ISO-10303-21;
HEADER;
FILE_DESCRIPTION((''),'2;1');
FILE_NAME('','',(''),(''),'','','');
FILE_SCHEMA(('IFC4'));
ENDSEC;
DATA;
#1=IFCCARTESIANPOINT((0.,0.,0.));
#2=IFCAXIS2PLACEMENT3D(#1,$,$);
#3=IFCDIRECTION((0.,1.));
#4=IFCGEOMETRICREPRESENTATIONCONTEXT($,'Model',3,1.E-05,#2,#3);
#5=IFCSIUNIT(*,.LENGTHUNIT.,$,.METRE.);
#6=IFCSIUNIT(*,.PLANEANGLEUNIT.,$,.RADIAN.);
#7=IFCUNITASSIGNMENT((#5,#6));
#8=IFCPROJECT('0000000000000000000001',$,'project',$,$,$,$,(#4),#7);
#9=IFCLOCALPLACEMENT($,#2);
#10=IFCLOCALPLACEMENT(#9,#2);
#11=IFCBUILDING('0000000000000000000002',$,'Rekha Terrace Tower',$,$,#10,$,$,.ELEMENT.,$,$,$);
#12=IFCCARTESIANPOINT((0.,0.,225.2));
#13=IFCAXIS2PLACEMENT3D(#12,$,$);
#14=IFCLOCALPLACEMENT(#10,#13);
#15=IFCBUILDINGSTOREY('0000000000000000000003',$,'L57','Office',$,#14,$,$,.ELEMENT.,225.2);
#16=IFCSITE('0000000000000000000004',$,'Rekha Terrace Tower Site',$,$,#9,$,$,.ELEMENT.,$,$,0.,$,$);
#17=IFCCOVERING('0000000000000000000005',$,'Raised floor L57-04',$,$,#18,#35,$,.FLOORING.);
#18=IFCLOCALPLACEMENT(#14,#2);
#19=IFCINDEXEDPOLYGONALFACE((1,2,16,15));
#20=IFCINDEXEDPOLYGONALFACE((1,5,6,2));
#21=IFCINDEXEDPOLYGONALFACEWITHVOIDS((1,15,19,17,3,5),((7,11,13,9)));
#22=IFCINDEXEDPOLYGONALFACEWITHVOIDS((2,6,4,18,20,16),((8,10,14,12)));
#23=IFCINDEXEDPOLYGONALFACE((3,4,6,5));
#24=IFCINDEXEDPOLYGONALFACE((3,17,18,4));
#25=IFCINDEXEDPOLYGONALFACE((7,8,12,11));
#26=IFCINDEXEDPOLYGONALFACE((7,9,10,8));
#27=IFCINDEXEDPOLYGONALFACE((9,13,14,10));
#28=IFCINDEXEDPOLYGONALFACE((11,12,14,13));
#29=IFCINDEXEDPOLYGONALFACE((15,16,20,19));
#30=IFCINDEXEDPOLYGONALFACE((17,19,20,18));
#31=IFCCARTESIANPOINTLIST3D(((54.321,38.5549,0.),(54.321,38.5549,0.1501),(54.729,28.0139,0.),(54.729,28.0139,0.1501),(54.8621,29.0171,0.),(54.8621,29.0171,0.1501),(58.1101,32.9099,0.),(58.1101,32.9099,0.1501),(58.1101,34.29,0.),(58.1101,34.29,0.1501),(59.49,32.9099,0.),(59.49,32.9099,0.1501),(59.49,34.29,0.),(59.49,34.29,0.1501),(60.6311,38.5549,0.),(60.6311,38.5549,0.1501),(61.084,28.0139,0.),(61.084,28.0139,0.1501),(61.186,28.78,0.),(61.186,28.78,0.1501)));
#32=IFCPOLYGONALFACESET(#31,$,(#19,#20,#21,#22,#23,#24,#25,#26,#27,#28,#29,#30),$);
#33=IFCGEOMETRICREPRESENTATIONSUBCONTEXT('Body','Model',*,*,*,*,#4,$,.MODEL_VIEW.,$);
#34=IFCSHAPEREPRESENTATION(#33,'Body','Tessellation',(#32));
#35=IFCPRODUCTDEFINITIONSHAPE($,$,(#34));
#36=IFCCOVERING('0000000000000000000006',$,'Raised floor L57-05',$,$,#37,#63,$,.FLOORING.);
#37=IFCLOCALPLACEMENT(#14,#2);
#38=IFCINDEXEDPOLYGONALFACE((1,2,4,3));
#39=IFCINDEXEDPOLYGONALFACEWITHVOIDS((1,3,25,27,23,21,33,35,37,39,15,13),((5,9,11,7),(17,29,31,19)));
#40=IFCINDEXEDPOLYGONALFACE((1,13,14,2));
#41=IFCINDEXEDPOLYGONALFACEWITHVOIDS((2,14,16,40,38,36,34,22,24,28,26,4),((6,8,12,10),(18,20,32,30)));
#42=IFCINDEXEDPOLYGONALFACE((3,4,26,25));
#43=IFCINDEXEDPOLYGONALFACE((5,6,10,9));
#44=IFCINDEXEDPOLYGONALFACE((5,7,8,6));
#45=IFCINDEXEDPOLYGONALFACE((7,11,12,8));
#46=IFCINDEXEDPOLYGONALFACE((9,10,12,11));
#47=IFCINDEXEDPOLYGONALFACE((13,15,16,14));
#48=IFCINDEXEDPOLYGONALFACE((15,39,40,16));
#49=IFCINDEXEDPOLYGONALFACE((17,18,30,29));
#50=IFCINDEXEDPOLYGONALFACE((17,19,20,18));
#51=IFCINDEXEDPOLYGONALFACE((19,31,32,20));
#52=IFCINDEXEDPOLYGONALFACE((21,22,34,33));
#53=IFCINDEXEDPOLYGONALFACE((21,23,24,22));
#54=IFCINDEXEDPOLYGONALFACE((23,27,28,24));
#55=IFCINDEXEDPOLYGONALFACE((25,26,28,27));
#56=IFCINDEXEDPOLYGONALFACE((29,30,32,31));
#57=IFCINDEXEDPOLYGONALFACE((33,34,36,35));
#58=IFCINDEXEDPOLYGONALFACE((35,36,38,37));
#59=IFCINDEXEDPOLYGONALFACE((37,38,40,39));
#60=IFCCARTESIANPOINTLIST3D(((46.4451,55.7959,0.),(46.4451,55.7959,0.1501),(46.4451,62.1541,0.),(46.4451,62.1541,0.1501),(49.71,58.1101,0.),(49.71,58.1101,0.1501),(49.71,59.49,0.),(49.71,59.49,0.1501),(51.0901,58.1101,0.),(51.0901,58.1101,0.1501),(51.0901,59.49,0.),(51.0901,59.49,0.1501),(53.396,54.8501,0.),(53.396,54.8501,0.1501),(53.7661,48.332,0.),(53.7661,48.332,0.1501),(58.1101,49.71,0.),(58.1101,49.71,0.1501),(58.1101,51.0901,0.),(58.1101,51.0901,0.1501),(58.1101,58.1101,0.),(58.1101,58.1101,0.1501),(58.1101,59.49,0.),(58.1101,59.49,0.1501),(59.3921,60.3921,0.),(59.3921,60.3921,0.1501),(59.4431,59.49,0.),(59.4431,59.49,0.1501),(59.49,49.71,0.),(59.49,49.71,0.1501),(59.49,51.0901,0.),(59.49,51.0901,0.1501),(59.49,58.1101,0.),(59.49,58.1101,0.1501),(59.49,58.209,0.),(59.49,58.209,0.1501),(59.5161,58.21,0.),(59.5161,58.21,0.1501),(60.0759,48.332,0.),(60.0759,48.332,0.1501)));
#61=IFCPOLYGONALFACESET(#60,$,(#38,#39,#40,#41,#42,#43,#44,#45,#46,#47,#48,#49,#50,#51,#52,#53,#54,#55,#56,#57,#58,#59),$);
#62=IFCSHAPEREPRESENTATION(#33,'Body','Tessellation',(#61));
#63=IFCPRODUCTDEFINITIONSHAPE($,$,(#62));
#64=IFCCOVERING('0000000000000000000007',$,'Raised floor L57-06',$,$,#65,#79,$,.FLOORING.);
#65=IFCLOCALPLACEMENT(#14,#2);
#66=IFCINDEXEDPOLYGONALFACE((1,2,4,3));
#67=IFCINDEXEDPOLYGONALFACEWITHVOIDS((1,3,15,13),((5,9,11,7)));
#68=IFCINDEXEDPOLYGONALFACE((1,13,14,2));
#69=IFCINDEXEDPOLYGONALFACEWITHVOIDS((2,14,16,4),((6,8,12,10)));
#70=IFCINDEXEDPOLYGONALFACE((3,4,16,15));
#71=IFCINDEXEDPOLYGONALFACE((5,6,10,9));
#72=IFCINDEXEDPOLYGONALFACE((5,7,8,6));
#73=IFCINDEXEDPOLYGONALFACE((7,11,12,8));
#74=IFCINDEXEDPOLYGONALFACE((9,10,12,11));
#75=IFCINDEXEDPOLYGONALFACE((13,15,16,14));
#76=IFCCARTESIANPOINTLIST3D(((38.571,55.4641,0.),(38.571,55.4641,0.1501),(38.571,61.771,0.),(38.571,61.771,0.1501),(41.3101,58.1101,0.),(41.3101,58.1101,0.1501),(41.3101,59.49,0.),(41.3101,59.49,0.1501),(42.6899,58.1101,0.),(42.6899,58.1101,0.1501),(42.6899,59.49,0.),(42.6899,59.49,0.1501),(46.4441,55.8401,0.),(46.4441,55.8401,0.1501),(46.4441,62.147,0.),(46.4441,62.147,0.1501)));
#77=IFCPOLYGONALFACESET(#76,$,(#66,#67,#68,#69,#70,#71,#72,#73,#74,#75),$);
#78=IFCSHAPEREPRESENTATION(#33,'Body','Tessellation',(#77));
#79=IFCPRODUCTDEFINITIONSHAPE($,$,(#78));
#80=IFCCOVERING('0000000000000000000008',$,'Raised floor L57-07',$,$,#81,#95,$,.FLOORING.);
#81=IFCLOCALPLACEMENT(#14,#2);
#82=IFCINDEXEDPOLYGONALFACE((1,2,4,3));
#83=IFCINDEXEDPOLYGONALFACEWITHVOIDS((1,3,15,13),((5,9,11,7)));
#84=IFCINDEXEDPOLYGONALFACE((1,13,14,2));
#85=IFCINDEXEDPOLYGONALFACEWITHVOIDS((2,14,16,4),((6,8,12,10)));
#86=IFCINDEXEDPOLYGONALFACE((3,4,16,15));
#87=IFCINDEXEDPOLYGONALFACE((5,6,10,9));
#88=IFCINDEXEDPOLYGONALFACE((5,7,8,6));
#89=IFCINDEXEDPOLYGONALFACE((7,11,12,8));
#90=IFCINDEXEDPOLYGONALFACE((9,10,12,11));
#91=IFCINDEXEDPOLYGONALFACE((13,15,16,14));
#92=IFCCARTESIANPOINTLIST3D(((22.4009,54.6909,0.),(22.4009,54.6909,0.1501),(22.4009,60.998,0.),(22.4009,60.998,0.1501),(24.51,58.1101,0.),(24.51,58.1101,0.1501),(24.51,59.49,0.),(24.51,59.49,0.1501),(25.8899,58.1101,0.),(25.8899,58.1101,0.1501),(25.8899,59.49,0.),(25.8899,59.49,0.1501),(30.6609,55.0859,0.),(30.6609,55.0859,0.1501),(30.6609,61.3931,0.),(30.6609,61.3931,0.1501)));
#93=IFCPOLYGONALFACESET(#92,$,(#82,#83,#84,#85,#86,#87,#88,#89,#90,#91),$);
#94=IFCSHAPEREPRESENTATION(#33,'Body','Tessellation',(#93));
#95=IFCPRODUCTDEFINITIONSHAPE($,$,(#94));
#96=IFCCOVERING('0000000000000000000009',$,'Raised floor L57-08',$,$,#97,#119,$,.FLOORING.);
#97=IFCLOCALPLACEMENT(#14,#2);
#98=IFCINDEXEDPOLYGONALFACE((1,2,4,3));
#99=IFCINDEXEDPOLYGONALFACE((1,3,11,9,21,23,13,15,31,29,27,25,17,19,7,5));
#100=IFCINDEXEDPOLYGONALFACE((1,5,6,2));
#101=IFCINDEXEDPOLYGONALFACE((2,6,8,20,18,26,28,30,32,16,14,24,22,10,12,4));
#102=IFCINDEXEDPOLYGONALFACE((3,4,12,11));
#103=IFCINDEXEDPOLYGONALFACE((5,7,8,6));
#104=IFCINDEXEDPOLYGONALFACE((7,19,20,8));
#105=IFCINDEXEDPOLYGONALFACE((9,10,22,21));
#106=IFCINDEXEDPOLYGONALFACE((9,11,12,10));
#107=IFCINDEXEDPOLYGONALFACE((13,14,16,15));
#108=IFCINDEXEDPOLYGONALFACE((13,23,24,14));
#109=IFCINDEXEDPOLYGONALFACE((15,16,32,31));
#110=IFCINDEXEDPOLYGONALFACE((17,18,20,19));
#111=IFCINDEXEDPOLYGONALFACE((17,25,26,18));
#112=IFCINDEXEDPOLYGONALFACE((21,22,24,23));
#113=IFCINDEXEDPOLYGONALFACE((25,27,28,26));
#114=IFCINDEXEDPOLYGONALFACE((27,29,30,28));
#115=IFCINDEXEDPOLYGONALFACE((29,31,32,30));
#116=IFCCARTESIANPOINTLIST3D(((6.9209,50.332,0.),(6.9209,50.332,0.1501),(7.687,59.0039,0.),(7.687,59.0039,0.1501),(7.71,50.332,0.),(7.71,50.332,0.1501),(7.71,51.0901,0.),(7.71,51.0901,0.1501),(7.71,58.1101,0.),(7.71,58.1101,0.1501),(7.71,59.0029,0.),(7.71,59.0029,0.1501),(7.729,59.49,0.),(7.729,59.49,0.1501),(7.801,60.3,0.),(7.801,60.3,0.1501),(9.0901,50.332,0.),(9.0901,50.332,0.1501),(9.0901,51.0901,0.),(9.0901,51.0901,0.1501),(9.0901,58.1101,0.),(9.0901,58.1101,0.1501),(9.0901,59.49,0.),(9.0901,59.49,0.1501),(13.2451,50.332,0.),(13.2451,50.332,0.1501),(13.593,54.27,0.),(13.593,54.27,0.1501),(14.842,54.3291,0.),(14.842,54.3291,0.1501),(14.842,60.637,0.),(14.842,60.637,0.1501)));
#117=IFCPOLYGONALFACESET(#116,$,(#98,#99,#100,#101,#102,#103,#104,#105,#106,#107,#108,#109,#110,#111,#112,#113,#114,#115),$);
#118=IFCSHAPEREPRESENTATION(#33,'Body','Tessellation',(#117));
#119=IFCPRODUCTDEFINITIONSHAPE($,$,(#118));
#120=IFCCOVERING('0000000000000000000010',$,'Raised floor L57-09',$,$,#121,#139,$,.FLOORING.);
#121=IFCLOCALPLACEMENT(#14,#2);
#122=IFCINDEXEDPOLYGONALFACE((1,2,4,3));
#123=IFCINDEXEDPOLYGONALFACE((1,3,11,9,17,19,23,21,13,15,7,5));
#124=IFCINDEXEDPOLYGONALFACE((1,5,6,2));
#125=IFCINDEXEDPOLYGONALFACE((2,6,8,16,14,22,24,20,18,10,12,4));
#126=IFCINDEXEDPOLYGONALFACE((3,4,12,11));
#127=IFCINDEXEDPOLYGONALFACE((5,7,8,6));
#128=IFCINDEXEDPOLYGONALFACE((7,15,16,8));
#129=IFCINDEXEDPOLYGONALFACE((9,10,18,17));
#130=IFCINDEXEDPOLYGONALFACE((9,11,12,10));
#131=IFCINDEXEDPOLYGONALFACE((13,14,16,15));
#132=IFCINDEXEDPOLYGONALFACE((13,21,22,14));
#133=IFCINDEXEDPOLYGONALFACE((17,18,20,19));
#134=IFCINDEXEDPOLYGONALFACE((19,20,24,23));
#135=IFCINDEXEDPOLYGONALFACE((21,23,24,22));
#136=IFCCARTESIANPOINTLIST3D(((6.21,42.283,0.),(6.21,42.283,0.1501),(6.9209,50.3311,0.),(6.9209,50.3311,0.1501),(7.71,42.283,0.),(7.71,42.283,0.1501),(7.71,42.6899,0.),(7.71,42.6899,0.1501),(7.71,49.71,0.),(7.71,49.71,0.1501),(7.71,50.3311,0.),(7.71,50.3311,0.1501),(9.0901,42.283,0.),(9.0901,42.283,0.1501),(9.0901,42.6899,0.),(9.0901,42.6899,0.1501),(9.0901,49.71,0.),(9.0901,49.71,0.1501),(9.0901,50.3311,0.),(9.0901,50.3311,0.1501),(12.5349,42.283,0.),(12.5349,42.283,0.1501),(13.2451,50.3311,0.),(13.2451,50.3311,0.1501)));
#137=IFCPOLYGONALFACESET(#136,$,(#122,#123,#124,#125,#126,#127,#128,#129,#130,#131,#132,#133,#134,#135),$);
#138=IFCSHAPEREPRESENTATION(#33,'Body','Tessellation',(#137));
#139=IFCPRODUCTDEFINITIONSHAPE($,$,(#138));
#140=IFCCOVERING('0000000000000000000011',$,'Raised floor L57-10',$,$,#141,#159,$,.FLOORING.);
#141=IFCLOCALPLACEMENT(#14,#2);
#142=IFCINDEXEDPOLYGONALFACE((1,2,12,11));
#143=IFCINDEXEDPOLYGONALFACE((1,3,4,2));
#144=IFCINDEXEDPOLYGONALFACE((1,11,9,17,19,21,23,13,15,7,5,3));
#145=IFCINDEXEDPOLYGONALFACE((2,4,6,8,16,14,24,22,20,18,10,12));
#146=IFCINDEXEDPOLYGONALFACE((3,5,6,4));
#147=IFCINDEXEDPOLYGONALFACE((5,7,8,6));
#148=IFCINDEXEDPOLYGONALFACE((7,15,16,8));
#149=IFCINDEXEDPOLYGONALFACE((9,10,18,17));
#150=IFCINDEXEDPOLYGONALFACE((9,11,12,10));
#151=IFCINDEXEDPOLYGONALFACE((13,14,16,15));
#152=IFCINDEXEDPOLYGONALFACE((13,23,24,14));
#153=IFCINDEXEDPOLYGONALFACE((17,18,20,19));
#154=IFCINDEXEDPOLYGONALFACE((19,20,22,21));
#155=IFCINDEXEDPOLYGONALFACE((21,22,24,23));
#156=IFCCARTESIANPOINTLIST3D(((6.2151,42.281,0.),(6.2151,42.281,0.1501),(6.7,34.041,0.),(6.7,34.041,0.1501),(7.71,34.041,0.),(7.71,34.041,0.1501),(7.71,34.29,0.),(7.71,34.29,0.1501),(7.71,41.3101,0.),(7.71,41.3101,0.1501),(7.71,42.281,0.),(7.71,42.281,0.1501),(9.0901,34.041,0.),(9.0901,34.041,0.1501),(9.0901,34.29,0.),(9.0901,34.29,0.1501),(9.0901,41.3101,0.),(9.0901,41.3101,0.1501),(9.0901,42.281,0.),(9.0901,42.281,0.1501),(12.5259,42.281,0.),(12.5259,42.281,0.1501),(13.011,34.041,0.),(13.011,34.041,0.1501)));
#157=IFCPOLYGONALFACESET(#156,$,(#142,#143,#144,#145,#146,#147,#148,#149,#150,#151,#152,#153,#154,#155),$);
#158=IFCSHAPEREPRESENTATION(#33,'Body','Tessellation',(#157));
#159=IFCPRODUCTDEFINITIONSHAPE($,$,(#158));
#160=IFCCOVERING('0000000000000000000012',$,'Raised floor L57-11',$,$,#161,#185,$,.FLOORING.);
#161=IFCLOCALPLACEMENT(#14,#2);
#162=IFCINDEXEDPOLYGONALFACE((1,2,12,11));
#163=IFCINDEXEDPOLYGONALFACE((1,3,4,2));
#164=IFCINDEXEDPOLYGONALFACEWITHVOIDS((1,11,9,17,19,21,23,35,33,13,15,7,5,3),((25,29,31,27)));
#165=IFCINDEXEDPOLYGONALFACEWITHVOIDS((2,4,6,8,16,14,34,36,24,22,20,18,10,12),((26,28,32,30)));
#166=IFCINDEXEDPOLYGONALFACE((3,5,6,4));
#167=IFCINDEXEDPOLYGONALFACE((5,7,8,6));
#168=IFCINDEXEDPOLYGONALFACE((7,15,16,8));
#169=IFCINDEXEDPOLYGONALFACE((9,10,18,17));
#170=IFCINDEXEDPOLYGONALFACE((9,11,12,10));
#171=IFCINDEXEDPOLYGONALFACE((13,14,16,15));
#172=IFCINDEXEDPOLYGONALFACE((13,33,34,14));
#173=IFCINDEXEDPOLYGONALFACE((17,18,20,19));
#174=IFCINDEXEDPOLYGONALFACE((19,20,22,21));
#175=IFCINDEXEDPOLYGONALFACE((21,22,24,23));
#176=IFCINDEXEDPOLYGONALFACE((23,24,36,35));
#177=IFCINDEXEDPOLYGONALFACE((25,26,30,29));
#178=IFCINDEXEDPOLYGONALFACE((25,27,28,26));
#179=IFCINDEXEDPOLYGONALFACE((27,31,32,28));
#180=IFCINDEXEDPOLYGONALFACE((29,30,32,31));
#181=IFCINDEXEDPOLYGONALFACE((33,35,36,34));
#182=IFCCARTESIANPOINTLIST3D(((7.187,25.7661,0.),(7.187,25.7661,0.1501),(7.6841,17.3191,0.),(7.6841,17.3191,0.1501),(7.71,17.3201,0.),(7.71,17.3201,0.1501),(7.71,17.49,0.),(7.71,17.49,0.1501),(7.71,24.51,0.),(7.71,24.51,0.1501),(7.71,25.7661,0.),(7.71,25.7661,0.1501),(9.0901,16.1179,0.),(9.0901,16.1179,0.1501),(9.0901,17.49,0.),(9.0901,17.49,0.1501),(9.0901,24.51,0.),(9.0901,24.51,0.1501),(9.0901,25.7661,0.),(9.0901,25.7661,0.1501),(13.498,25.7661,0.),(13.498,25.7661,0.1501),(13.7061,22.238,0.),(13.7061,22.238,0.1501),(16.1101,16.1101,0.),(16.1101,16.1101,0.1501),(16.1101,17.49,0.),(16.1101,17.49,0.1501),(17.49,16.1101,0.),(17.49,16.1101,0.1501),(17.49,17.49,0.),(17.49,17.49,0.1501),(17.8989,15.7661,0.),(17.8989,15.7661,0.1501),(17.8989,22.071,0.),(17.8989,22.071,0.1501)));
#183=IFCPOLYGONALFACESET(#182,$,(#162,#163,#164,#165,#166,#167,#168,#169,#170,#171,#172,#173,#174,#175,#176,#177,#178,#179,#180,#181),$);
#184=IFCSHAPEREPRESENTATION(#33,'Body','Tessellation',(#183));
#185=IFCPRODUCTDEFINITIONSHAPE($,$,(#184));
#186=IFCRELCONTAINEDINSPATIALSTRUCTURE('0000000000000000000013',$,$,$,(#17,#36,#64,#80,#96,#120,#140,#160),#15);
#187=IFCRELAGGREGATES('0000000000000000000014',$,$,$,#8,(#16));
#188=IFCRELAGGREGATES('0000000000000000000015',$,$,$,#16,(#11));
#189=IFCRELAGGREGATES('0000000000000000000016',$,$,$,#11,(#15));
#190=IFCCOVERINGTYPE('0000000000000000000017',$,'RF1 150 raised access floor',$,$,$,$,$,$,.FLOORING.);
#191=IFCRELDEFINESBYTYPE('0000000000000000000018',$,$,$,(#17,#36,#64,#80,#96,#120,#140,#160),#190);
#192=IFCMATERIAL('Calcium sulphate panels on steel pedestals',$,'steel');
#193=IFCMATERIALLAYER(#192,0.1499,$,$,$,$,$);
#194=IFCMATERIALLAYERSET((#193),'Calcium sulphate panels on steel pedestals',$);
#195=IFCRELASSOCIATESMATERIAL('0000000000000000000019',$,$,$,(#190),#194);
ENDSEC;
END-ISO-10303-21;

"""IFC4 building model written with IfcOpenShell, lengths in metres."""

from ifc_helpers import new_model, si_unit, direction, frame, origin, place, context, subcontext, project, spatial, polyline, outline, extrude, material, layer, layer_set, type_object, element, save


model = new_model("IFC4")

# Units and contexts
model_context = context("Model", 3, precision=1e-05, world=origin(), true_north=direction((0.0, 1.0)))
body_context = subcontext(model_context, "Body", "Model", "MODEL_VIEW")
ifc_project = project(units=[si_unit("LENGTHUNIT", "METRE"), si_unit("PLANEANGLEUNIT", "RADIAN")], contexts=[model_context])

# Site, building, storey
site_placement = place(None, origin())
site = spatial("IfcSite", under=ifc_project, at=site_placement, Name="Rekha Terrace Tower Site", CompositionType="ELEMENT", RefElevation=0.0)
building_placement = place(site_placement, origin())
building = spatial("IfcBuilding", under=site, at=building_placement, Name="Rekha Terrace Tower", CompositionType="ELEMENT")
storey_placement = place(building_placement, frame((0.0, 0.0, 225.2)))
storey = spatial("IfcBuildingStorey", under=building, at=storey_placement, Name="L57", Description="Office", CompositionType="ELEMENT", Elevation=225.2)

# Coverings
ifc_material_1 = material(Name="Calcium sulphate panels on steel pedestals", Category="steel")
ifc_layer_1 = layer(ifc_material_1, 0.1499)
ifc_layer_set_1 = layer_set([ifc_layer_1], Name="Calcium sulphate panels on steel pedestals")
covering_type_1 = type_object("IfcCoveringType", Name="RF1 150 raised access floor", PredefinedType="FLOORING", material=ifc_layer_set_1)
covering_1_placement = place(storey_placement, origin())
element("IfcCovering", 1, at=covering_1_placement, inside=storey, type_object=covering_type_1, Name="Raised floor L57-04", PredefinedType="FLOORING", context=body_context, shape_type="SweptSolid", body=[
    extrude(outline(polyline([(54.8621, 29.0171), (54.729, 28.0139), (61.084, 28.0139), (61.186, 28.78), (60.6311, 38.5549), (54.321, 38.5549), (54.8621, 29.0171)]), holes=[polyline([(59.49, 34.29), (59.49, 32.9099), (58.1101, 32.9099), (58.1101, 34.29), (59.49, 34.29)])]), origin(), (0.0, 0.0, 1.0), 0.1501),
])
covering_2_placement = place(storey_placement, origin())
element("IfcCovering", 2, at=covering_2_placement, inside=storey, type_object=covering_type_1, Name="Raised floor L57-05", PredefinedType="FLOORING", context=body_context, shape_type="SweptSolid", body=[
    extrude(outline(polyline([(58.1101, 59.49), (59.4431, 59.49), (59.3921, 60.3921), (46.4451, 62.1541), (46.4451, 55.7959), (53.396, 54.8501), (53.7661, 48.332), (60.0759, 48.332), (59.5161, 58.21), (59.49, 58.209), (59.49, 58.1101), (58.1101, 58.1101), (58.1101, 59.49)]), holes=[polyline([(59.49, 51.0901), (59.49, 49.71), (58.1101, 49.71), (58.1101, 51.0901), (59.49, 51.0901)]), polyline([(51.0901, 58.1101), (49.71, 58.1101), (49.71, 59.49), (51.0901, 59.49), (51.0901, 58.1101)])]), origin(), (0.0, 0.0, 1.0), 0.1501),
])
covering_3_placement = place(storey_placement, origin())
element("IfcCovering", 3, at=covering_3_placement, inside=storey, type_object=covering_type_1, Name="Raised floor L57-06", PredefinedType="FLOORING", context=body_context, shape_type="SweptSolid", body=[
    extrude(outline(polyline([(46.4441, 62.147), (38.571, 61.771), (38.571, 55.4641), (46.4441, 55.8401), (46.4441, 62.147)]), holes=[polyline([(42.6899, 59.49), (42.6899, 58.1101), (41.3101, 58.1101), (41.3101, 59.49), (42.6899, 59.49)])]), origin(), (0.0, 0.0, 1.0), 0.1501),
])
covering_4_placement = place(storey_placement, origin())
element("IfcCovering", 4, at=covering_4_placement, inside=storey, type_object=covering_type_1, Name="Raised floor L57-07", PredefinedType="FLOORING", context=body_context, shape_type="SweptSolid", body=[
    extrude(outline(polyline([(22.4009, 60.998), (22.4009, 54.6909), (30.6609, 55.0859), (30.6609, 61.3931), (22.4009, 60.998)]), holes=[polyline([(25.8899, 58.1101), (24.51, 58.1101), (24.51, 59.49), (25.8899, 59.49), (25.8899, 58.1101)])]), origin(), (0.0, 0.0, 1.0), 0.1501),
])
covering_5_placement = place(storey_placement, origin())
element("IfcCovering", 5, at=covering_5_placement, inside=storey, type_object=covering_type_1, Name="Raised floor L57-08", PredefinedType="FLOORING", context=body_context, shape_type="SweptSolid", body=[
    extrude(outline(polyline([(13.593, 54.27), (14.842, 54.3291), (14.842, 60.637), (7.801, 60.3), (7.729, 59.49), (9.0901, 59.49), (9.0901, 58.1101), (7.71, 58.1101), (7.71, 59.0029), (7.687, 59.0039), (6.9209, 50.332), (7.71, 50.332), (7.71, 51.0901), (9.0901, 51.0901), (9.0901, 50.332), (13.2451, 50.332), (13.593, 54.27)])), origin(), (0.0, 0.0, 1.0), 0.1501),
])
covering_6_placement = place(storey_placement, origin())
element("IfcCovering", 6, at=covering_6_placement, inside=storey, type_object=covering_type_1, Name="Raised floor L57-09", PredefinedType="FLOORING", context=body_context, shape_type="SweptSolid", body=[
    extrude(outline(polyline([(7.71, 49.71), (7.71, 50.3311), (6.9209, 50.3311), (6.21, 42.283), (7.71, 42.283), (7.71, 42.6899), (9.0901, 42.6899), (9.0901, 42.283), (12.5349, 42.283), (13.2451, 50.3311), (9.0901, 50.3311), (9.0901, 49.71), (7.71, 49.71)])), origin(), (0.0, 0.0, 1.0), 0.1501),
])
covering_7_placement = place(storey_placement, origin())
element("IfcCovering", 7, at=covering_7_placement, inside=storey, type_object=covering_type_1, Name="Raised floor L57-10", PredefinedType="FLOORING", context=body_context, shape_type="SweptSolid", body=[
    extrude(outline(polyline([(9.0901, 34.041), (13.011, 34.041), (12.5259, 42.281), (9.0901, 42.281), (9.0901, 41.3101), (7.71, 41.3101), (7.71, 42.281), (6.2151, 42.281), (6.7, 34.041), (7.71, 34.041), (7.71, 34.29), (9.0901, 34.29), (9.0901, 34.041)])), origin(), (0.0, 0.0, 1.0), 0.1501),
])
covering_8_placement = place(storey_placement, origin())
element("IfcCovering", 8, at=covering_8_placement, inside=storey, type_object=covering_type_1, Name="Raised floor L57-11", PredefinedType="FLOORING", context=body_context, shape_type="SweptSolid", body=[
    extrude(outline(polyline([(7.71, 24.51), (7.71, 25.7661), (7.187, 25.7661), (7.6841, 17.3191), (7.71, 17.3201), (7.71, 17.49), (9.0901, 17.49), (9.0901, 16.1179), (17.8989, 15.7661), (17.8989, 22.071), (13.7061, 22.238), (13.498, 25.7661), (9.0901, 25.7661), (9.0901, 24.51), (7.71, 24.51)]), holes=[polyline([(17.49, 17.49), (17.49, 16.1101), (16.1101, 16.1101), (16.1101, 17.49), (17.49, 17.49)])]), origin(), (0.0, 0.0, 1.0), 0.1501),
])

save(model, "model.ifc")
